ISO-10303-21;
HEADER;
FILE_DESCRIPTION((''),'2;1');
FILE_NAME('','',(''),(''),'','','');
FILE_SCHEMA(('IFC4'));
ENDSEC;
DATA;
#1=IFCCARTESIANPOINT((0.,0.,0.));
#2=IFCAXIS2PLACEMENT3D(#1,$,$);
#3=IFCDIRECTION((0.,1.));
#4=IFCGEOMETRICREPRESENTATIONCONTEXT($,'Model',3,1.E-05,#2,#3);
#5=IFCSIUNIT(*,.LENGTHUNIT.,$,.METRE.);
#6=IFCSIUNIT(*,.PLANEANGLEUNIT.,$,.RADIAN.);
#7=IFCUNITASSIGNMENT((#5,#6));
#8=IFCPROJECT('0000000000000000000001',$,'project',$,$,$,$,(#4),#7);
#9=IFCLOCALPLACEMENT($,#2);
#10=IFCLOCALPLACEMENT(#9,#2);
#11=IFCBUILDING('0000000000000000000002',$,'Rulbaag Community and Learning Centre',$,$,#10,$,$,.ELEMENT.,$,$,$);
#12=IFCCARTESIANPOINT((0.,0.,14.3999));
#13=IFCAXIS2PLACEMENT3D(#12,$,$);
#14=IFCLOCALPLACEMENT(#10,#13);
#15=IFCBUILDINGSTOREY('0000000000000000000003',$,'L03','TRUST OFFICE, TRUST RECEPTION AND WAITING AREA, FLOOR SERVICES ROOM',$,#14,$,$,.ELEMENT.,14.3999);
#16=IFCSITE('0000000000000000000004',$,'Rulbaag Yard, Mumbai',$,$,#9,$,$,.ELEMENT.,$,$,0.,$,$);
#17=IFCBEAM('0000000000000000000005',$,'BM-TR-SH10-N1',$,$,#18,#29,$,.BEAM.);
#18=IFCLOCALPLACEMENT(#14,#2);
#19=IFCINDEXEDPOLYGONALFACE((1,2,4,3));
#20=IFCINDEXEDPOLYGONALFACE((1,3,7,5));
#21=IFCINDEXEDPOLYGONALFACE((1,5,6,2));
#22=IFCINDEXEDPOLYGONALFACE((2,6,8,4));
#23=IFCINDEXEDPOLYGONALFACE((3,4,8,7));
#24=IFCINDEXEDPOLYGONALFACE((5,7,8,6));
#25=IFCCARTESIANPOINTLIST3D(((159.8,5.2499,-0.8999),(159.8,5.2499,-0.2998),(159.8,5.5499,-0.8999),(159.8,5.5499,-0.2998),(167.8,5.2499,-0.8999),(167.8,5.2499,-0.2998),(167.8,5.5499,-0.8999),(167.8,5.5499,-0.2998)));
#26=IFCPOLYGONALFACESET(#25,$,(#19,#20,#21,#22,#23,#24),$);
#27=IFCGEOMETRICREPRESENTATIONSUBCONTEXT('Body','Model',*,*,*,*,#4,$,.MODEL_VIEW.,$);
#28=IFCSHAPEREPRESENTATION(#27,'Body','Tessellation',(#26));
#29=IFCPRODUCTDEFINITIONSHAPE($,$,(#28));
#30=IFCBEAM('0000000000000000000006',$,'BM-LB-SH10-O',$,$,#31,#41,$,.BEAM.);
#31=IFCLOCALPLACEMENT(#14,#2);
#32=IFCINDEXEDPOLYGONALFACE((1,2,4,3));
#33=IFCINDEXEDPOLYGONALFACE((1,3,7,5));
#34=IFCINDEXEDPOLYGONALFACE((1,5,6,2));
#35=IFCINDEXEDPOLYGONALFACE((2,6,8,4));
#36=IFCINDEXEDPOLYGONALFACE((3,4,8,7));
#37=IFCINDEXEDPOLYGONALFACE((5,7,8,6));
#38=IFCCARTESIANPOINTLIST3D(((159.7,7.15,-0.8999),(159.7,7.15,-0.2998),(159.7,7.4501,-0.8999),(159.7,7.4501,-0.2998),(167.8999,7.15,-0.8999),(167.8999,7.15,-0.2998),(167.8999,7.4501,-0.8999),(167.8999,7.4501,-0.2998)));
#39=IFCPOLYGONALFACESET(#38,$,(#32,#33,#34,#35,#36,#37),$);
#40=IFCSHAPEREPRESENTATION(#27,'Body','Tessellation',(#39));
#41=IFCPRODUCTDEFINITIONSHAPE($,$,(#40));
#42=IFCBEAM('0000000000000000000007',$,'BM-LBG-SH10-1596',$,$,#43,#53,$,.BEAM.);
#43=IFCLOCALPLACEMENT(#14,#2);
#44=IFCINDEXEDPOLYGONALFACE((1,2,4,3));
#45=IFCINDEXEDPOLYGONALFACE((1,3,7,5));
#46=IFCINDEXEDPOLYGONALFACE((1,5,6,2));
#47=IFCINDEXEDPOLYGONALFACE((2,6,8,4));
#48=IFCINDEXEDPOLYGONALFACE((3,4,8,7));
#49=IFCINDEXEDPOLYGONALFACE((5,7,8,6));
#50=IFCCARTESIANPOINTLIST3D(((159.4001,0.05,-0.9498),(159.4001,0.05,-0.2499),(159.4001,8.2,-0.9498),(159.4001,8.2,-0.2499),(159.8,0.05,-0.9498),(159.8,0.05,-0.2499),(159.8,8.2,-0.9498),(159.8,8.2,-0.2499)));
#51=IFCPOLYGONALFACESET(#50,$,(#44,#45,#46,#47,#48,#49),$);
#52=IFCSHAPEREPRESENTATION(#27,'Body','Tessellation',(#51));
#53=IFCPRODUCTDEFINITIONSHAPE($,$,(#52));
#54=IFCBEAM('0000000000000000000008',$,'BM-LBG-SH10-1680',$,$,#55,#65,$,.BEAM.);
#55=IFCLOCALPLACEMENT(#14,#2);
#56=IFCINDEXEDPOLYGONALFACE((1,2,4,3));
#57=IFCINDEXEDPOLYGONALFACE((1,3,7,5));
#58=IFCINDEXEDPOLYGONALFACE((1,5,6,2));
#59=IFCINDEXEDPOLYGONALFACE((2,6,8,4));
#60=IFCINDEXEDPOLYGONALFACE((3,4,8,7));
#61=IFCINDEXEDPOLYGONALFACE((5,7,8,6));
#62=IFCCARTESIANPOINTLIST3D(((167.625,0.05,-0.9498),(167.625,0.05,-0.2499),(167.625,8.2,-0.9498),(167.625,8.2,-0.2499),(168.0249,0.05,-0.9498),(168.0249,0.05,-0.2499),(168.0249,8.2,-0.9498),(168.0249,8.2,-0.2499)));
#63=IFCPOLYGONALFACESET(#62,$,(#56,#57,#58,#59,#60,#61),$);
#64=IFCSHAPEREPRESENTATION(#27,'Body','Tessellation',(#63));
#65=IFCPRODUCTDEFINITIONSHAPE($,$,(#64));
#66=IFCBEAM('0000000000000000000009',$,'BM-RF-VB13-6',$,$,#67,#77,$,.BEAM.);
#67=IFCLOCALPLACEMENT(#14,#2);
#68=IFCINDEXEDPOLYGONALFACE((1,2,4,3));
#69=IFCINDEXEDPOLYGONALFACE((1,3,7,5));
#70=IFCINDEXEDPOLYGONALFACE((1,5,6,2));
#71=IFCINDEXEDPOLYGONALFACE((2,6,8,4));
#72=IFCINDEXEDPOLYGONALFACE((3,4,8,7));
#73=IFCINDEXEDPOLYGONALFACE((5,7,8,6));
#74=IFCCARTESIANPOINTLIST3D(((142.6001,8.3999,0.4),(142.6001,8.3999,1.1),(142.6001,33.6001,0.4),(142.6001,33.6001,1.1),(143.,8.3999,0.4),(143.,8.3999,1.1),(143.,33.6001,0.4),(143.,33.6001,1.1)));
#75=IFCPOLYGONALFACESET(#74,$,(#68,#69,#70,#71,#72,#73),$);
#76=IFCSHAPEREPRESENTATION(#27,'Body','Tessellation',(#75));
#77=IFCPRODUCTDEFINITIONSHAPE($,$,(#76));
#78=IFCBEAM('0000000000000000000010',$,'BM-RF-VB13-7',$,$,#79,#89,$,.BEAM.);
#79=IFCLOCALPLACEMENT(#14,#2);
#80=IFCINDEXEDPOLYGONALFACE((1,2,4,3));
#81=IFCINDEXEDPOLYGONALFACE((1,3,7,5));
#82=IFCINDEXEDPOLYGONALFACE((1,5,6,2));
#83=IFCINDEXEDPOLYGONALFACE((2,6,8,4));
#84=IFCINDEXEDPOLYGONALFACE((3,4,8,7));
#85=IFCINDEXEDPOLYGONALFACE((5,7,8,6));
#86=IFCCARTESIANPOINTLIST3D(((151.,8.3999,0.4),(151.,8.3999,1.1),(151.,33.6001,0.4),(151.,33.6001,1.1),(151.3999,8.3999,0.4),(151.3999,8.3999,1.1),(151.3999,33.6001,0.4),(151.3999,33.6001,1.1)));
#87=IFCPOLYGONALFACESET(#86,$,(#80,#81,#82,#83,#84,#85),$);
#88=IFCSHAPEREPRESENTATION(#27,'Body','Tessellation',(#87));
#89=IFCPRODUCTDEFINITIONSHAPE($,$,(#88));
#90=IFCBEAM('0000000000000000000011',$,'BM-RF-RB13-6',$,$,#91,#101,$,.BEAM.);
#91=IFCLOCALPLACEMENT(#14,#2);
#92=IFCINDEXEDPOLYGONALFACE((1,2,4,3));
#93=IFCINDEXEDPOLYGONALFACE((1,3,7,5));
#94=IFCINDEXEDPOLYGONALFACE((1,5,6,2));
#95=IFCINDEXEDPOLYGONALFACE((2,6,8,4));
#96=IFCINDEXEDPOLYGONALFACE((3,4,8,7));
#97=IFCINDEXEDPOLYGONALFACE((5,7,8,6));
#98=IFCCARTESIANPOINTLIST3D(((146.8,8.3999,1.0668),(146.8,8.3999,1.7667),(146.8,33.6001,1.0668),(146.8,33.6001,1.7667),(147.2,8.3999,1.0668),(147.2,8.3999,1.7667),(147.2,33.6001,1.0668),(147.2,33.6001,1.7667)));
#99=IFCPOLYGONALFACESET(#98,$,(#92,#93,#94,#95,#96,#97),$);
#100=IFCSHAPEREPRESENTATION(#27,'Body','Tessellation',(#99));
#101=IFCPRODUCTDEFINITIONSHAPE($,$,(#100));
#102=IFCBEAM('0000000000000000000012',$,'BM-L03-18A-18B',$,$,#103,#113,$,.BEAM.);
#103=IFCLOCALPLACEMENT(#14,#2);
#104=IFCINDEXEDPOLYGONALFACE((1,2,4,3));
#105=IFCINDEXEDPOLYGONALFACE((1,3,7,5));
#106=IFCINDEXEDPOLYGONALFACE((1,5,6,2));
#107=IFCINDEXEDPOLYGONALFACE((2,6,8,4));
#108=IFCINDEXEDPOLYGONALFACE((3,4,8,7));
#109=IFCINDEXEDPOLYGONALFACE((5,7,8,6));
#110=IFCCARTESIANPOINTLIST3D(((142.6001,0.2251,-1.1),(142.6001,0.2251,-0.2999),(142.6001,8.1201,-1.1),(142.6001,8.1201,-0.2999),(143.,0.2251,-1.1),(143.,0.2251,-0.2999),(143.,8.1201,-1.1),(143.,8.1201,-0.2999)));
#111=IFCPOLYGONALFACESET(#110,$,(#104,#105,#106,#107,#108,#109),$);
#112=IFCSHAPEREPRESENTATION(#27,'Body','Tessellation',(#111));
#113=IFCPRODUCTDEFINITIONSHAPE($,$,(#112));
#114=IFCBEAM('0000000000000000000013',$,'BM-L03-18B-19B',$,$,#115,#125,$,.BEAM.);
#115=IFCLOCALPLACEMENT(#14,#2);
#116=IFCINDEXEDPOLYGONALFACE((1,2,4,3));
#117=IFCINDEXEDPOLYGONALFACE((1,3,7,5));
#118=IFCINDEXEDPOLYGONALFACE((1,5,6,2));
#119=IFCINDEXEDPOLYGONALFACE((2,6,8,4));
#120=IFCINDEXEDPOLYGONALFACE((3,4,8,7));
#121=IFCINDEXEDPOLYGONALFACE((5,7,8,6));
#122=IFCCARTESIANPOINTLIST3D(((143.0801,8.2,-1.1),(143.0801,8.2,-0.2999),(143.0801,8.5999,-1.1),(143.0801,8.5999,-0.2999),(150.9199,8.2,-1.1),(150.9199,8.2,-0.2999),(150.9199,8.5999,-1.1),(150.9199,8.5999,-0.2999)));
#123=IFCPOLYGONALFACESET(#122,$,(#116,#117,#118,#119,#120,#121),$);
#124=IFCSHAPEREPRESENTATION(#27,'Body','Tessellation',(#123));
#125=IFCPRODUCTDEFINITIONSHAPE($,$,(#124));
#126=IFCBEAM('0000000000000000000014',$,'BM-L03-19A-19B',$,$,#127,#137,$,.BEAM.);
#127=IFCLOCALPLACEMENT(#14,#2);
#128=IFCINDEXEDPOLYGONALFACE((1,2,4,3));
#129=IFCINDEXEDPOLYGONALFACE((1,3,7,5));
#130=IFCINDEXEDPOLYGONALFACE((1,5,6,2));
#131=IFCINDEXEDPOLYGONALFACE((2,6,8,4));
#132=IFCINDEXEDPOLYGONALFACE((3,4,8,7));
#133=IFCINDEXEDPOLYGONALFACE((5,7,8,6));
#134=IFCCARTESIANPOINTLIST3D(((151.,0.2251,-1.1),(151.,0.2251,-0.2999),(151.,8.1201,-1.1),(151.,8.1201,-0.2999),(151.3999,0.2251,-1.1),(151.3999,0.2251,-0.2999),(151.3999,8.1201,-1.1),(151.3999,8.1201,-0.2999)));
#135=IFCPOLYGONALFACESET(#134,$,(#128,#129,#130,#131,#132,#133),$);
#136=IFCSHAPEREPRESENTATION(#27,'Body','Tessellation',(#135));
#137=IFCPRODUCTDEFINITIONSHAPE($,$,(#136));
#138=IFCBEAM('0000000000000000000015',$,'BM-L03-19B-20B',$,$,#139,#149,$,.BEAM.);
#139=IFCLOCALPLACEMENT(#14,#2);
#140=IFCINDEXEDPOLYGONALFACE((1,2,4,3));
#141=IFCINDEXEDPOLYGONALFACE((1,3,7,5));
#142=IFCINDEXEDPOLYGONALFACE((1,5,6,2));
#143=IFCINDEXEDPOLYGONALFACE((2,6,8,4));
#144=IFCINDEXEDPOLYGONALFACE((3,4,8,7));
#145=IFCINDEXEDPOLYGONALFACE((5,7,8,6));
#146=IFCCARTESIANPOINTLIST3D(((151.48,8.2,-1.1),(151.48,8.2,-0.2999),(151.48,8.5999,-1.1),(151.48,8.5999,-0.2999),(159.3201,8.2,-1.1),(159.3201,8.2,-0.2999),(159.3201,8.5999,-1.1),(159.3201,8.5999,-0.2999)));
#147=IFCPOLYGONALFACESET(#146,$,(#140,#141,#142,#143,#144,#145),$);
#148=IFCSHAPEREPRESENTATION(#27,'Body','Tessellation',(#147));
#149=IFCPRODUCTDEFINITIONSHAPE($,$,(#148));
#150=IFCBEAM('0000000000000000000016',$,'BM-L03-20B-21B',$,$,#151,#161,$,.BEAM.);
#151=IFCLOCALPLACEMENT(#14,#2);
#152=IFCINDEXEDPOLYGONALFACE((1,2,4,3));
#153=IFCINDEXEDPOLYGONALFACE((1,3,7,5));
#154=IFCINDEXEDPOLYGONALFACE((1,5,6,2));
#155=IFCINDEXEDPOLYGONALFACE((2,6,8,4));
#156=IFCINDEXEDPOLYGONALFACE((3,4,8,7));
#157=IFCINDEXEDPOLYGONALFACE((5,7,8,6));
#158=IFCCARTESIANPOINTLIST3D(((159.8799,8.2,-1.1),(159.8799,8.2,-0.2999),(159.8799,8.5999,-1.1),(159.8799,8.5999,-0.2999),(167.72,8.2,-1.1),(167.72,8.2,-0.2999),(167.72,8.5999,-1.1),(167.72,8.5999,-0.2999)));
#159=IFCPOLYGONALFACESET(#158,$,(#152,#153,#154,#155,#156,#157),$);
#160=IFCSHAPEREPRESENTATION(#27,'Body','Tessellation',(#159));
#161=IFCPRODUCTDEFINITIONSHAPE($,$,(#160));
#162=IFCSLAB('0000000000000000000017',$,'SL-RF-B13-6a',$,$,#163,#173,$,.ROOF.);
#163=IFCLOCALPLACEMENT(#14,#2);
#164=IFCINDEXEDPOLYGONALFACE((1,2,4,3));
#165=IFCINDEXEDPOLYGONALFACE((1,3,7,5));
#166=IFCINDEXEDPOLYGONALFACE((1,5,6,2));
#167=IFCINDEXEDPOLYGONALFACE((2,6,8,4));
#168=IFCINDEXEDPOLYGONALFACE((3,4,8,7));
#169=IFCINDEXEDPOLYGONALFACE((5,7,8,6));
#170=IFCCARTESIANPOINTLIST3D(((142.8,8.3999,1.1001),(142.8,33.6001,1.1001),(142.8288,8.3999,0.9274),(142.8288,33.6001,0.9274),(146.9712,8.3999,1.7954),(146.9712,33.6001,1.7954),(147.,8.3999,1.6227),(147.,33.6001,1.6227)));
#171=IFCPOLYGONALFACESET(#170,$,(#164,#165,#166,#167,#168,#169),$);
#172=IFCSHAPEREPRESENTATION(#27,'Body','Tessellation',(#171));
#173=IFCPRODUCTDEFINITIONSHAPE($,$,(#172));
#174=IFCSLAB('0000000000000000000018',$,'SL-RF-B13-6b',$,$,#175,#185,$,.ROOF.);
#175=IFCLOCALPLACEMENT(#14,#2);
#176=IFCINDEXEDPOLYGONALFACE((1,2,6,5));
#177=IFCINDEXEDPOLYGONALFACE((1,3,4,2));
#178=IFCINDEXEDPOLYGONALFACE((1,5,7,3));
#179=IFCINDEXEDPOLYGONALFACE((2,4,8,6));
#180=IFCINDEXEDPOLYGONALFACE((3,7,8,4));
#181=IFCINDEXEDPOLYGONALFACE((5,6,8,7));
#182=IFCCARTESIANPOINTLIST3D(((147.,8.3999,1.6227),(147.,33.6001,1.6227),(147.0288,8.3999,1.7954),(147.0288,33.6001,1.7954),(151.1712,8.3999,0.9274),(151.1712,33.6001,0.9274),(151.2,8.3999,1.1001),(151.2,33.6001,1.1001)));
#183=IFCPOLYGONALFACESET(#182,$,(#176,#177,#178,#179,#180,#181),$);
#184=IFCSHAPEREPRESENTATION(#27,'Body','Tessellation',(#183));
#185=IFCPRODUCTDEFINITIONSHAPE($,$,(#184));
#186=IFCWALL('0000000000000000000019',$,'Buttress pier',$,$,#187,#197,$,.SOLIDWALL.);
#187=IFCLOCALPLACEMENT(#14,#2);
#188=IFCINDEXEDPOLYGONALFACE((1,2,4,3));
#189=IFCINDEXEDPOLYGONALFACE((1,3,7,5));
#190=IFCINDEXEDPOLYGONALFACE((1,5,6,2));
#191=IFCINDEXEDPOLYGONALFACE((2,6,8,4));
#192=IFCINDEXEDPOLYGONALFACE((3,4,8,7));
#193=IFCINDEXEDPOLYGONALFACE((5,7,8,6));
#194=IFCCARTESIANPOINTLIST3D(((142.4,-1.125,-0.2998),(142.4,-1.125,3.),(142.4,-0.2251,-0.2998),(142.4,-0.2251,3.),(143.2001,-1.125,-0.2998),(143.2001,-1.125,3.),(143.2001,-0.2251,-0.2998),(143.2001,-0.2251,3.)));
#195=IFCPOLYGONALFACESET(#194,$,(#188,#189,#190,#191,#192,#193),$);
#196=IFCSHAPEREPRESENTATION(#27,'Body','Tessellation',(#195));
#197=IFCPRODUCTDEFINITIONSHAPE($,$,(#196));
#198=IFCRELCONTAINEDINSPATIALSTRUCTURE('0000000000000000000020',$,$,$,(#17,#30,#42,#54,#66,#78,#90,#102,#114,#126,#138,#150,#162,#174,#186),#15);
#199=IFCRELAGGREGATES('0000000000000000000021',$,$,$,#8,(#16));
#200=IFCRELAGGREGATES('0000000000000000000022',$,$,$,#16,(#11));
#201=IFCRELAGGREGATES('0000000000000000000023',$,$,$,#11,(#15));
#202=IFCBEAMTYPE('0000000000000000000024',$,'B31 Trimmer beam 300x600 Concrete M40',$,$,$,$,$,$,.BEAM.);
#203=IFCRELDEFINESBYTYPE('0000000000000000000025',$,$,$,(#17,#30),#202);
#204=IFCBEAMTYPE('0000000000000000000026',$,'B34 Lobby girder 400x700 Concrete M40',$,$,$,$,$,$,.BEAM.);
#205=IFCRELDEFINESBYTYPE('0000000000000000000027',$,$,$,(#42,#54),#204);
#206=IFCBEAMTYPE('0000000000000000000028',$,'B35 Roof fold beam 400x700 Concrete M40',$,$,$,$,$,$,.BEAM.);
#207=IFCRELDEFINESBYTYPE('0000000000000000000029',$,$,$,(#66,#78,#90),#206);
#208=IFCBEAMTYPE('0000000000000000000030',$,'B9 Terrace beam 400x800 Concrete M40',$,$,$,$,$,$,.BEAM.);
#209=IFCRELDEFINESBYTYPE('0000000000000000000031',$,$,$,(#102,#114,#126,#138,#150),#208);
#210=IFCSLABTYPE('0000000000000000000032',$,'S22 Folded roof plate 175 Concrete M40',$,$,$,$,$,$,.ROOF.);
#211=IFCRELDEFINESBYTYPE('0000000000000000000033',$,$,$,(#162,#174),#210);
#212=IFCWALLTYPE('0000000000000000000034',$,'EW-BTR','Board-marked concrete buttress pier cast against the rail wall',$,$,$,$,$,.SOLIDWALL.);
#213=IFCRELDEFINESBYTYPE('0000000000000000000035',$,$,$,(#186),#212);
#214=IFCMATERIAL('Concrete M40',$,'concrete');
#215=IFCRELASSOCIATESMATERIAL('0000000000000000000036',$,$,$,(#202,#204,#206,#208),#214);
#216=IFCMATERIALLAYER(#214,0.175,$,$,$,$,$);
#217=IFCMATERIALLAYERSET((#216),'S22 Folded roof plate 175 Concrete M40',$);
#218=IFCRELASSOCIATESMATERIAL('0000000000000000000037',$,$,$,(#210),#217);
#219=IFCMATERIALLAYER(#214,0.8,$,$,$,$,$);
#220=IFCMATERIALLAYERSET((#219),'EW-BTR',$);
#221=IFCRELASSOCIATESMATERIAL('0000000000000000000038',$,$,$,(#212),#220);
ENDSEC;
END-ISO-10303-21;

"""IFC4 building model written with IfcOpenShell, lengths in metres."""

from ifc_helpers import new_model, si_unit, direction, frame, frame_2d, origin, origin_2d, place, context, subcontext, project, spatial, polyline, rectangle, outline, extrude, material, layer, layer_set, material_profile, profile_set, type_object, element, save


model = new_model("IFC4")

# Units and contexts
model_context = context("Model", 3, precision=1e-05, world=origin(), true_north=direction((0.0, 1.0)))
body_context = subcontext(model_context, "Body", "Model", "MODEL_VIEW")
ifc_project = project(units=[si_unit("LENGTHUNIT", "METRE"), si_unit("PLANEANGLEUNIT", "RADIAN")], contexts=[model_context])

# Site, building, storey
site_placement = place(None, origin())
site = spatial("IfcSite", under=ifc_project, at=site_placement, Name="Rulbaag Yard, Mumbai", CompositionType="ELEMENT", RefElevation=0.0)
building_placement = place(site_placement, origin())
building = spatial("IfcBuilding", under=site, at=building_placement, Name="Rulbaag Community and Learning Centre", CompositionType="ELEMENT")
storey_placement = place(building_placement, frame((0.0, 0.0, 14.3999)))
storey = spatial("IfcBuildingStorey", under=building, at=storey_placement, Name="L03", Description="TRUST OFFICE, TRUST RECEPTION AND WAITING AREA, FLOOR SERVICES ROOM", CompositionType="ELEMENT", Elevation=14.3999)

# Beams
ifc_material_1 = material(Name="Concrete M40", Category="concrete")
ifc_material_profile_1 = material_profile(ifc_material_1, rectangle(XDim=0.3, YDim=0.6001, at=origin_2d()), Name="RB300x600")
ifc_profile_set_1 = profile_set([ifc_material_profile_1], Name="Concrete M40")
beam_type_1 = type_object("IfcBeamType", Name="B31 Trimmer beam 300x600 Concrete M40", PredefinedType="BEAM", material=ifc_profile_set_1)
beam_1_placement = place(storey_placement, frame((159.8, 5.3999, -0.5999), z_axis=(1.0, 0.0, 0.0), x_axis=(0.0, 1.0, 0.0)))
element("IfcBeam", 1, at=beam_1_placement, inside=storey, type_object=beam_type_1, Name="BM-TR-SH10-N1", PredefinedType="BEAM", context=body_context, shape_type="SweptSolid", body=[
    extrude(rectangle(XDim=0.3, YDim=0.6001, at=origin_2d()), origin(), (0.0, 0.0, 1.0), 8.0),
])
beam_2_placement = place(storey_placement, frame((159.7, 7.3, -0.5999), z_axis=(1.0, 0.0, 0.0), x_axis=(0.0, 1.0, 0.0)))
element("IfcBeam", 2, at=beam_2_placement, inside=storey, type_object=beam_type_1, Name="BM-LB-SH10-O", PredefinedType="BEAM", context=body_context, shape_type="SweptSolid", body=[
    extrude(rectangle(XDim=0.3, YDim=0.6001, at=origin_2d()), origin(), (0.0, 0.0, 1.0), 8.2),
])
ifc_material_profile_2 = material_profile(ifc_material_1, rectangle(XDim=0.3999, YDim=0.7, at=origin_2d()), Name="RB400x700")
ifc_profile_set_2 = profile_set([ifc_material_profile_2], Name="Concrete M40")
beam_type_2 = type_object("IfcBeamType", Name="B34 Lobby girder 400x700 Concrete M40", PredefinedType="BEAM", material=ifc_profile_set_2)
for number, where, z_axis, x_axis, name in (
    (3, (159.6001, 0.05, -0.5999), (0.0, 1.0, 0.0), (-1.0, 0.0, 0.0), "BM-LBG-SH10-1596"),
    (4, (167.825, 0.05, -0.5999), (0.0, 1.0, 0.0), (-1.0, 0.0, 0.0), "BM-LBG-SH10-1680"),
):
    element("IfcBeam", number, at=place(storey_placement, frame(where, z_axis=z_axis, x_axis=x_axis)), inside=storey, type_object=beam_type_2, Name=name, PredefinedType="BEAM", context=body_context, shape_type="SweptSolid", body=[
        extrude(rectangle(XDim=0.3999, YDim=0.7, at=origin_2d()), origin(), (0.0, 0.0, 1.0), 8.1499),
    ])
ifc_material_profile_3 = material_profile(ifc_material_1, rectangle(XDim=0.3999, YDim=0.7, at=origin_2d()), Name="RB400x700")
ifc_profile_set_3 = profile_set([ifc_material_profile_3], Name="Concrete M40")
beam_type_3 = type_object("IfcBeamType", Name="B35 Roof fold beam 400x700 Concrete M40", PredefinedType="BEAM", material=ifc_profile_set_3)
for number, where, z_axis, x_axis, name in (
    (5, (142.8, 8.3999, 0.75), (0.0, 1.0, 0.0), (-1.0, 0.0, 0.0), "BM-RF-VB13-6"),
    (6, (151.2, 8.3999, 0.75), (0.0, 1.0, 0.0), (-1.0, 0.0, 0.0), "BM-RF-VB13-7"),
    (7, (147.0, 8.3999, 1.4167), (0.0, 1.0, 0.0), (-1.0, 0.0, 0.0), "BM-RF-RB13-6"),
):
    element("IfcBeam", number, at=place(storey_placement, frame(where, z_axis=z_axis, x_axis=x_axis)), inside=storey, type_object=beam_type_3, Name=name, PredefinedType="BEAM", context=body_context, shape_type="SweptSolid", body=[
        extrude(rectangle(XDim=0.3999, YDim=0.7, at=origin_2d()), origin(), (0.0, 0.0, 1.0), 25.2002),
    ])
ifc_material_profile_4 = material_profile(ifc_material_1, rectangle(XDim=0.3999, YDim=0.8, at=origin_2d()), Name="RB400x800")
ifc_profile_set_4 = profile_set([ifc_material_profile_4], Name="Concrete M40")
beam_type_4 = type_object("IfcBeamType", Name="B9 Terrace beam 400x800 Concrete M40", PredefinedType="BEAM", material=ifc_profile_set_4)
beam_3_placement = place(storey_placement, frame((142.8, 0.2251, -0.7), z_axis=(0.0, 1.0, 0.0), x_axis=(-1.0, 0.0, 0.0)))
element("IfcBeam", 8, at=beam_3_placement, inside=storey, type_object=beam_type_4, Name="BM-L03-18A-18B", PredefinedType="BEAM", context=body_context, shape_type="SweptSolid", body=[
    extrude(rectangle(XDim=0.3999, YDim=0.8, at=origin_2d()), origin(), (0.0, 0.0, 1.0), 7.895),
])
beam_4_placement = place(storey_placement, frame((143.0801, 8.3999, -0.7), z_axis=(1.0, 0.0, 0.0), x_axis=(0.0, 1.0, 0.0)))
element("IfcBeam", 9, at=beam_4_placement, inside=storey, type_object=beam_type_4, Name="BM-L03-18B-19B", PredefinedType="BEAM", context=body_context, shape_type="SweptSolid", body=[
    extrude(rectangle(XDim=0.3999, YDim=0.8, at=origin_2d()), origin(), (0.0, 0.0, 1.0), 7.8398),
])
beam_5_placement = place(storey_placement, frame((151.2, 0.2251, -0.7), z_axis=(0.0, 1.0, 0.0), x_axis=(-1.0, 0.0, 0.0)))
element("IfcBeam", 10, at=beam_5_placement, inside=storey, type_object=beam_type_4, Name="BM-L03-19A-19B", PredefinedType="BEAM", context=body_context, shape_type="SweptSolid", body=[
    extrude(rectangle(XDim=0.3999, YDim=0.8, at=origin_2d()), origin(), (0.0, 0.0, 1.0), 7.895),
])
for number, where, z_axis, x_axis, name in (
    (11, (151.48, 8.3999, -0.7), (1.0, 0.0, 0.0), (0.0, 1.0, 0.0), "BM-L03-19B-20B"),
    (12, (159.8799, 8.3999, -0.7), (1.0, 0.0, 0.0), (0.0, 1.0, 0.0), "BM-L03-20B-21B"),
):
    element("IfcBeam", number, at=place(storey_placement, frame(where, z_axis=z_axis, x_axis=x_axis)), inside=storey, type_object=beam_type_4, Name=name, PredefinedType="BEAM", context=body_context, shape_type="SweptSolid", body=[
        extrude(rectangle(XDim=0.3999, YDim=0.8, at=origin_2d()), origin(), (0.0, 0.0, 1.0), 7.8401),
    ])

# Slabs
ifc_layer_1 = layer(ifc_material_1, 0.175)
ifc_layer_set_1 = layer_set([ifc_layer_1], Name="S22 Folded roof plate 175 Concrete M40")
slab_type = type_object("IfcSlabType", Name="S22 Folded roof plate 175 Concrete M40", PredefinedType="ROOF", material=ifc_layer_set_1)
for number, where, z_axis, x_axis, name in (
    (13, (142.8, 8.3999, 1.1001), (-0.164427, 0.0, 0.986389), (0.986389, 0.0, 0.164427), "SL-RF-B13-6a"),
    (14, (147.0288, 8.3999, 1.7954), (0.164427, 0.0, 0.986389), (0.986389, 0.0, -0.164427), "SL-RF-B13-6b"),
):
    element("IfcSlab", number, at=place(storey_placement, frame(where, z_axis=z_axis, x_axis=x_axis)), inside=storey, type_object=slab_type, Name=name, PredefinedType="ROOF", context=body_context, shape_type="SweptSolid", body=[
        extrude(outline(polyline([(0.0, 0.0), (4.2287, 0.0), (4.2287, 25.2002), (0.0, 25.2002), (0.0, 0.0)])), origin(), (0.0, 0.0, -1.0), 0.175),
    ])

# Wall
ifc_layer_2 = layer(ifc_material_1, 0.8)
ifc_layer_set_2 = layer_set([ifc_layer_2], Name="EW-BTR")
wall_type_1 = type_object("IfcWallType", Name="EW-BTR", Description="Board-marked concrete buttress pier cast against the rail wall", PredefinedType="SOLIDWALL", material=ifc_layer_set_2)
for number, where, z_axis, x_axis, name in (
    (15, (142.8, -0.2251, -0.2998), (0.0, 0.0, 1.0), (0.0, -1.0, 0.0), "Buttress pier"),
):
    element("IfcWall", number, at=place(storey_placement, frame(where, z_axis=z_axis, x_axis=x_axis)), inside=storey, type_object=wall_type_1, Name=name, PredefinedType="SOLIDWALL", context=body_context, shape_type="SweptSolid", body=[
        extrude(rectangle(XDim=0.8999, YDim=0.8, at=frame_2d((0.45, 0.0))), origin(), (0.0, 0.0, 1.0), 3.2998),
    ])

save(model, "model.ifc")
